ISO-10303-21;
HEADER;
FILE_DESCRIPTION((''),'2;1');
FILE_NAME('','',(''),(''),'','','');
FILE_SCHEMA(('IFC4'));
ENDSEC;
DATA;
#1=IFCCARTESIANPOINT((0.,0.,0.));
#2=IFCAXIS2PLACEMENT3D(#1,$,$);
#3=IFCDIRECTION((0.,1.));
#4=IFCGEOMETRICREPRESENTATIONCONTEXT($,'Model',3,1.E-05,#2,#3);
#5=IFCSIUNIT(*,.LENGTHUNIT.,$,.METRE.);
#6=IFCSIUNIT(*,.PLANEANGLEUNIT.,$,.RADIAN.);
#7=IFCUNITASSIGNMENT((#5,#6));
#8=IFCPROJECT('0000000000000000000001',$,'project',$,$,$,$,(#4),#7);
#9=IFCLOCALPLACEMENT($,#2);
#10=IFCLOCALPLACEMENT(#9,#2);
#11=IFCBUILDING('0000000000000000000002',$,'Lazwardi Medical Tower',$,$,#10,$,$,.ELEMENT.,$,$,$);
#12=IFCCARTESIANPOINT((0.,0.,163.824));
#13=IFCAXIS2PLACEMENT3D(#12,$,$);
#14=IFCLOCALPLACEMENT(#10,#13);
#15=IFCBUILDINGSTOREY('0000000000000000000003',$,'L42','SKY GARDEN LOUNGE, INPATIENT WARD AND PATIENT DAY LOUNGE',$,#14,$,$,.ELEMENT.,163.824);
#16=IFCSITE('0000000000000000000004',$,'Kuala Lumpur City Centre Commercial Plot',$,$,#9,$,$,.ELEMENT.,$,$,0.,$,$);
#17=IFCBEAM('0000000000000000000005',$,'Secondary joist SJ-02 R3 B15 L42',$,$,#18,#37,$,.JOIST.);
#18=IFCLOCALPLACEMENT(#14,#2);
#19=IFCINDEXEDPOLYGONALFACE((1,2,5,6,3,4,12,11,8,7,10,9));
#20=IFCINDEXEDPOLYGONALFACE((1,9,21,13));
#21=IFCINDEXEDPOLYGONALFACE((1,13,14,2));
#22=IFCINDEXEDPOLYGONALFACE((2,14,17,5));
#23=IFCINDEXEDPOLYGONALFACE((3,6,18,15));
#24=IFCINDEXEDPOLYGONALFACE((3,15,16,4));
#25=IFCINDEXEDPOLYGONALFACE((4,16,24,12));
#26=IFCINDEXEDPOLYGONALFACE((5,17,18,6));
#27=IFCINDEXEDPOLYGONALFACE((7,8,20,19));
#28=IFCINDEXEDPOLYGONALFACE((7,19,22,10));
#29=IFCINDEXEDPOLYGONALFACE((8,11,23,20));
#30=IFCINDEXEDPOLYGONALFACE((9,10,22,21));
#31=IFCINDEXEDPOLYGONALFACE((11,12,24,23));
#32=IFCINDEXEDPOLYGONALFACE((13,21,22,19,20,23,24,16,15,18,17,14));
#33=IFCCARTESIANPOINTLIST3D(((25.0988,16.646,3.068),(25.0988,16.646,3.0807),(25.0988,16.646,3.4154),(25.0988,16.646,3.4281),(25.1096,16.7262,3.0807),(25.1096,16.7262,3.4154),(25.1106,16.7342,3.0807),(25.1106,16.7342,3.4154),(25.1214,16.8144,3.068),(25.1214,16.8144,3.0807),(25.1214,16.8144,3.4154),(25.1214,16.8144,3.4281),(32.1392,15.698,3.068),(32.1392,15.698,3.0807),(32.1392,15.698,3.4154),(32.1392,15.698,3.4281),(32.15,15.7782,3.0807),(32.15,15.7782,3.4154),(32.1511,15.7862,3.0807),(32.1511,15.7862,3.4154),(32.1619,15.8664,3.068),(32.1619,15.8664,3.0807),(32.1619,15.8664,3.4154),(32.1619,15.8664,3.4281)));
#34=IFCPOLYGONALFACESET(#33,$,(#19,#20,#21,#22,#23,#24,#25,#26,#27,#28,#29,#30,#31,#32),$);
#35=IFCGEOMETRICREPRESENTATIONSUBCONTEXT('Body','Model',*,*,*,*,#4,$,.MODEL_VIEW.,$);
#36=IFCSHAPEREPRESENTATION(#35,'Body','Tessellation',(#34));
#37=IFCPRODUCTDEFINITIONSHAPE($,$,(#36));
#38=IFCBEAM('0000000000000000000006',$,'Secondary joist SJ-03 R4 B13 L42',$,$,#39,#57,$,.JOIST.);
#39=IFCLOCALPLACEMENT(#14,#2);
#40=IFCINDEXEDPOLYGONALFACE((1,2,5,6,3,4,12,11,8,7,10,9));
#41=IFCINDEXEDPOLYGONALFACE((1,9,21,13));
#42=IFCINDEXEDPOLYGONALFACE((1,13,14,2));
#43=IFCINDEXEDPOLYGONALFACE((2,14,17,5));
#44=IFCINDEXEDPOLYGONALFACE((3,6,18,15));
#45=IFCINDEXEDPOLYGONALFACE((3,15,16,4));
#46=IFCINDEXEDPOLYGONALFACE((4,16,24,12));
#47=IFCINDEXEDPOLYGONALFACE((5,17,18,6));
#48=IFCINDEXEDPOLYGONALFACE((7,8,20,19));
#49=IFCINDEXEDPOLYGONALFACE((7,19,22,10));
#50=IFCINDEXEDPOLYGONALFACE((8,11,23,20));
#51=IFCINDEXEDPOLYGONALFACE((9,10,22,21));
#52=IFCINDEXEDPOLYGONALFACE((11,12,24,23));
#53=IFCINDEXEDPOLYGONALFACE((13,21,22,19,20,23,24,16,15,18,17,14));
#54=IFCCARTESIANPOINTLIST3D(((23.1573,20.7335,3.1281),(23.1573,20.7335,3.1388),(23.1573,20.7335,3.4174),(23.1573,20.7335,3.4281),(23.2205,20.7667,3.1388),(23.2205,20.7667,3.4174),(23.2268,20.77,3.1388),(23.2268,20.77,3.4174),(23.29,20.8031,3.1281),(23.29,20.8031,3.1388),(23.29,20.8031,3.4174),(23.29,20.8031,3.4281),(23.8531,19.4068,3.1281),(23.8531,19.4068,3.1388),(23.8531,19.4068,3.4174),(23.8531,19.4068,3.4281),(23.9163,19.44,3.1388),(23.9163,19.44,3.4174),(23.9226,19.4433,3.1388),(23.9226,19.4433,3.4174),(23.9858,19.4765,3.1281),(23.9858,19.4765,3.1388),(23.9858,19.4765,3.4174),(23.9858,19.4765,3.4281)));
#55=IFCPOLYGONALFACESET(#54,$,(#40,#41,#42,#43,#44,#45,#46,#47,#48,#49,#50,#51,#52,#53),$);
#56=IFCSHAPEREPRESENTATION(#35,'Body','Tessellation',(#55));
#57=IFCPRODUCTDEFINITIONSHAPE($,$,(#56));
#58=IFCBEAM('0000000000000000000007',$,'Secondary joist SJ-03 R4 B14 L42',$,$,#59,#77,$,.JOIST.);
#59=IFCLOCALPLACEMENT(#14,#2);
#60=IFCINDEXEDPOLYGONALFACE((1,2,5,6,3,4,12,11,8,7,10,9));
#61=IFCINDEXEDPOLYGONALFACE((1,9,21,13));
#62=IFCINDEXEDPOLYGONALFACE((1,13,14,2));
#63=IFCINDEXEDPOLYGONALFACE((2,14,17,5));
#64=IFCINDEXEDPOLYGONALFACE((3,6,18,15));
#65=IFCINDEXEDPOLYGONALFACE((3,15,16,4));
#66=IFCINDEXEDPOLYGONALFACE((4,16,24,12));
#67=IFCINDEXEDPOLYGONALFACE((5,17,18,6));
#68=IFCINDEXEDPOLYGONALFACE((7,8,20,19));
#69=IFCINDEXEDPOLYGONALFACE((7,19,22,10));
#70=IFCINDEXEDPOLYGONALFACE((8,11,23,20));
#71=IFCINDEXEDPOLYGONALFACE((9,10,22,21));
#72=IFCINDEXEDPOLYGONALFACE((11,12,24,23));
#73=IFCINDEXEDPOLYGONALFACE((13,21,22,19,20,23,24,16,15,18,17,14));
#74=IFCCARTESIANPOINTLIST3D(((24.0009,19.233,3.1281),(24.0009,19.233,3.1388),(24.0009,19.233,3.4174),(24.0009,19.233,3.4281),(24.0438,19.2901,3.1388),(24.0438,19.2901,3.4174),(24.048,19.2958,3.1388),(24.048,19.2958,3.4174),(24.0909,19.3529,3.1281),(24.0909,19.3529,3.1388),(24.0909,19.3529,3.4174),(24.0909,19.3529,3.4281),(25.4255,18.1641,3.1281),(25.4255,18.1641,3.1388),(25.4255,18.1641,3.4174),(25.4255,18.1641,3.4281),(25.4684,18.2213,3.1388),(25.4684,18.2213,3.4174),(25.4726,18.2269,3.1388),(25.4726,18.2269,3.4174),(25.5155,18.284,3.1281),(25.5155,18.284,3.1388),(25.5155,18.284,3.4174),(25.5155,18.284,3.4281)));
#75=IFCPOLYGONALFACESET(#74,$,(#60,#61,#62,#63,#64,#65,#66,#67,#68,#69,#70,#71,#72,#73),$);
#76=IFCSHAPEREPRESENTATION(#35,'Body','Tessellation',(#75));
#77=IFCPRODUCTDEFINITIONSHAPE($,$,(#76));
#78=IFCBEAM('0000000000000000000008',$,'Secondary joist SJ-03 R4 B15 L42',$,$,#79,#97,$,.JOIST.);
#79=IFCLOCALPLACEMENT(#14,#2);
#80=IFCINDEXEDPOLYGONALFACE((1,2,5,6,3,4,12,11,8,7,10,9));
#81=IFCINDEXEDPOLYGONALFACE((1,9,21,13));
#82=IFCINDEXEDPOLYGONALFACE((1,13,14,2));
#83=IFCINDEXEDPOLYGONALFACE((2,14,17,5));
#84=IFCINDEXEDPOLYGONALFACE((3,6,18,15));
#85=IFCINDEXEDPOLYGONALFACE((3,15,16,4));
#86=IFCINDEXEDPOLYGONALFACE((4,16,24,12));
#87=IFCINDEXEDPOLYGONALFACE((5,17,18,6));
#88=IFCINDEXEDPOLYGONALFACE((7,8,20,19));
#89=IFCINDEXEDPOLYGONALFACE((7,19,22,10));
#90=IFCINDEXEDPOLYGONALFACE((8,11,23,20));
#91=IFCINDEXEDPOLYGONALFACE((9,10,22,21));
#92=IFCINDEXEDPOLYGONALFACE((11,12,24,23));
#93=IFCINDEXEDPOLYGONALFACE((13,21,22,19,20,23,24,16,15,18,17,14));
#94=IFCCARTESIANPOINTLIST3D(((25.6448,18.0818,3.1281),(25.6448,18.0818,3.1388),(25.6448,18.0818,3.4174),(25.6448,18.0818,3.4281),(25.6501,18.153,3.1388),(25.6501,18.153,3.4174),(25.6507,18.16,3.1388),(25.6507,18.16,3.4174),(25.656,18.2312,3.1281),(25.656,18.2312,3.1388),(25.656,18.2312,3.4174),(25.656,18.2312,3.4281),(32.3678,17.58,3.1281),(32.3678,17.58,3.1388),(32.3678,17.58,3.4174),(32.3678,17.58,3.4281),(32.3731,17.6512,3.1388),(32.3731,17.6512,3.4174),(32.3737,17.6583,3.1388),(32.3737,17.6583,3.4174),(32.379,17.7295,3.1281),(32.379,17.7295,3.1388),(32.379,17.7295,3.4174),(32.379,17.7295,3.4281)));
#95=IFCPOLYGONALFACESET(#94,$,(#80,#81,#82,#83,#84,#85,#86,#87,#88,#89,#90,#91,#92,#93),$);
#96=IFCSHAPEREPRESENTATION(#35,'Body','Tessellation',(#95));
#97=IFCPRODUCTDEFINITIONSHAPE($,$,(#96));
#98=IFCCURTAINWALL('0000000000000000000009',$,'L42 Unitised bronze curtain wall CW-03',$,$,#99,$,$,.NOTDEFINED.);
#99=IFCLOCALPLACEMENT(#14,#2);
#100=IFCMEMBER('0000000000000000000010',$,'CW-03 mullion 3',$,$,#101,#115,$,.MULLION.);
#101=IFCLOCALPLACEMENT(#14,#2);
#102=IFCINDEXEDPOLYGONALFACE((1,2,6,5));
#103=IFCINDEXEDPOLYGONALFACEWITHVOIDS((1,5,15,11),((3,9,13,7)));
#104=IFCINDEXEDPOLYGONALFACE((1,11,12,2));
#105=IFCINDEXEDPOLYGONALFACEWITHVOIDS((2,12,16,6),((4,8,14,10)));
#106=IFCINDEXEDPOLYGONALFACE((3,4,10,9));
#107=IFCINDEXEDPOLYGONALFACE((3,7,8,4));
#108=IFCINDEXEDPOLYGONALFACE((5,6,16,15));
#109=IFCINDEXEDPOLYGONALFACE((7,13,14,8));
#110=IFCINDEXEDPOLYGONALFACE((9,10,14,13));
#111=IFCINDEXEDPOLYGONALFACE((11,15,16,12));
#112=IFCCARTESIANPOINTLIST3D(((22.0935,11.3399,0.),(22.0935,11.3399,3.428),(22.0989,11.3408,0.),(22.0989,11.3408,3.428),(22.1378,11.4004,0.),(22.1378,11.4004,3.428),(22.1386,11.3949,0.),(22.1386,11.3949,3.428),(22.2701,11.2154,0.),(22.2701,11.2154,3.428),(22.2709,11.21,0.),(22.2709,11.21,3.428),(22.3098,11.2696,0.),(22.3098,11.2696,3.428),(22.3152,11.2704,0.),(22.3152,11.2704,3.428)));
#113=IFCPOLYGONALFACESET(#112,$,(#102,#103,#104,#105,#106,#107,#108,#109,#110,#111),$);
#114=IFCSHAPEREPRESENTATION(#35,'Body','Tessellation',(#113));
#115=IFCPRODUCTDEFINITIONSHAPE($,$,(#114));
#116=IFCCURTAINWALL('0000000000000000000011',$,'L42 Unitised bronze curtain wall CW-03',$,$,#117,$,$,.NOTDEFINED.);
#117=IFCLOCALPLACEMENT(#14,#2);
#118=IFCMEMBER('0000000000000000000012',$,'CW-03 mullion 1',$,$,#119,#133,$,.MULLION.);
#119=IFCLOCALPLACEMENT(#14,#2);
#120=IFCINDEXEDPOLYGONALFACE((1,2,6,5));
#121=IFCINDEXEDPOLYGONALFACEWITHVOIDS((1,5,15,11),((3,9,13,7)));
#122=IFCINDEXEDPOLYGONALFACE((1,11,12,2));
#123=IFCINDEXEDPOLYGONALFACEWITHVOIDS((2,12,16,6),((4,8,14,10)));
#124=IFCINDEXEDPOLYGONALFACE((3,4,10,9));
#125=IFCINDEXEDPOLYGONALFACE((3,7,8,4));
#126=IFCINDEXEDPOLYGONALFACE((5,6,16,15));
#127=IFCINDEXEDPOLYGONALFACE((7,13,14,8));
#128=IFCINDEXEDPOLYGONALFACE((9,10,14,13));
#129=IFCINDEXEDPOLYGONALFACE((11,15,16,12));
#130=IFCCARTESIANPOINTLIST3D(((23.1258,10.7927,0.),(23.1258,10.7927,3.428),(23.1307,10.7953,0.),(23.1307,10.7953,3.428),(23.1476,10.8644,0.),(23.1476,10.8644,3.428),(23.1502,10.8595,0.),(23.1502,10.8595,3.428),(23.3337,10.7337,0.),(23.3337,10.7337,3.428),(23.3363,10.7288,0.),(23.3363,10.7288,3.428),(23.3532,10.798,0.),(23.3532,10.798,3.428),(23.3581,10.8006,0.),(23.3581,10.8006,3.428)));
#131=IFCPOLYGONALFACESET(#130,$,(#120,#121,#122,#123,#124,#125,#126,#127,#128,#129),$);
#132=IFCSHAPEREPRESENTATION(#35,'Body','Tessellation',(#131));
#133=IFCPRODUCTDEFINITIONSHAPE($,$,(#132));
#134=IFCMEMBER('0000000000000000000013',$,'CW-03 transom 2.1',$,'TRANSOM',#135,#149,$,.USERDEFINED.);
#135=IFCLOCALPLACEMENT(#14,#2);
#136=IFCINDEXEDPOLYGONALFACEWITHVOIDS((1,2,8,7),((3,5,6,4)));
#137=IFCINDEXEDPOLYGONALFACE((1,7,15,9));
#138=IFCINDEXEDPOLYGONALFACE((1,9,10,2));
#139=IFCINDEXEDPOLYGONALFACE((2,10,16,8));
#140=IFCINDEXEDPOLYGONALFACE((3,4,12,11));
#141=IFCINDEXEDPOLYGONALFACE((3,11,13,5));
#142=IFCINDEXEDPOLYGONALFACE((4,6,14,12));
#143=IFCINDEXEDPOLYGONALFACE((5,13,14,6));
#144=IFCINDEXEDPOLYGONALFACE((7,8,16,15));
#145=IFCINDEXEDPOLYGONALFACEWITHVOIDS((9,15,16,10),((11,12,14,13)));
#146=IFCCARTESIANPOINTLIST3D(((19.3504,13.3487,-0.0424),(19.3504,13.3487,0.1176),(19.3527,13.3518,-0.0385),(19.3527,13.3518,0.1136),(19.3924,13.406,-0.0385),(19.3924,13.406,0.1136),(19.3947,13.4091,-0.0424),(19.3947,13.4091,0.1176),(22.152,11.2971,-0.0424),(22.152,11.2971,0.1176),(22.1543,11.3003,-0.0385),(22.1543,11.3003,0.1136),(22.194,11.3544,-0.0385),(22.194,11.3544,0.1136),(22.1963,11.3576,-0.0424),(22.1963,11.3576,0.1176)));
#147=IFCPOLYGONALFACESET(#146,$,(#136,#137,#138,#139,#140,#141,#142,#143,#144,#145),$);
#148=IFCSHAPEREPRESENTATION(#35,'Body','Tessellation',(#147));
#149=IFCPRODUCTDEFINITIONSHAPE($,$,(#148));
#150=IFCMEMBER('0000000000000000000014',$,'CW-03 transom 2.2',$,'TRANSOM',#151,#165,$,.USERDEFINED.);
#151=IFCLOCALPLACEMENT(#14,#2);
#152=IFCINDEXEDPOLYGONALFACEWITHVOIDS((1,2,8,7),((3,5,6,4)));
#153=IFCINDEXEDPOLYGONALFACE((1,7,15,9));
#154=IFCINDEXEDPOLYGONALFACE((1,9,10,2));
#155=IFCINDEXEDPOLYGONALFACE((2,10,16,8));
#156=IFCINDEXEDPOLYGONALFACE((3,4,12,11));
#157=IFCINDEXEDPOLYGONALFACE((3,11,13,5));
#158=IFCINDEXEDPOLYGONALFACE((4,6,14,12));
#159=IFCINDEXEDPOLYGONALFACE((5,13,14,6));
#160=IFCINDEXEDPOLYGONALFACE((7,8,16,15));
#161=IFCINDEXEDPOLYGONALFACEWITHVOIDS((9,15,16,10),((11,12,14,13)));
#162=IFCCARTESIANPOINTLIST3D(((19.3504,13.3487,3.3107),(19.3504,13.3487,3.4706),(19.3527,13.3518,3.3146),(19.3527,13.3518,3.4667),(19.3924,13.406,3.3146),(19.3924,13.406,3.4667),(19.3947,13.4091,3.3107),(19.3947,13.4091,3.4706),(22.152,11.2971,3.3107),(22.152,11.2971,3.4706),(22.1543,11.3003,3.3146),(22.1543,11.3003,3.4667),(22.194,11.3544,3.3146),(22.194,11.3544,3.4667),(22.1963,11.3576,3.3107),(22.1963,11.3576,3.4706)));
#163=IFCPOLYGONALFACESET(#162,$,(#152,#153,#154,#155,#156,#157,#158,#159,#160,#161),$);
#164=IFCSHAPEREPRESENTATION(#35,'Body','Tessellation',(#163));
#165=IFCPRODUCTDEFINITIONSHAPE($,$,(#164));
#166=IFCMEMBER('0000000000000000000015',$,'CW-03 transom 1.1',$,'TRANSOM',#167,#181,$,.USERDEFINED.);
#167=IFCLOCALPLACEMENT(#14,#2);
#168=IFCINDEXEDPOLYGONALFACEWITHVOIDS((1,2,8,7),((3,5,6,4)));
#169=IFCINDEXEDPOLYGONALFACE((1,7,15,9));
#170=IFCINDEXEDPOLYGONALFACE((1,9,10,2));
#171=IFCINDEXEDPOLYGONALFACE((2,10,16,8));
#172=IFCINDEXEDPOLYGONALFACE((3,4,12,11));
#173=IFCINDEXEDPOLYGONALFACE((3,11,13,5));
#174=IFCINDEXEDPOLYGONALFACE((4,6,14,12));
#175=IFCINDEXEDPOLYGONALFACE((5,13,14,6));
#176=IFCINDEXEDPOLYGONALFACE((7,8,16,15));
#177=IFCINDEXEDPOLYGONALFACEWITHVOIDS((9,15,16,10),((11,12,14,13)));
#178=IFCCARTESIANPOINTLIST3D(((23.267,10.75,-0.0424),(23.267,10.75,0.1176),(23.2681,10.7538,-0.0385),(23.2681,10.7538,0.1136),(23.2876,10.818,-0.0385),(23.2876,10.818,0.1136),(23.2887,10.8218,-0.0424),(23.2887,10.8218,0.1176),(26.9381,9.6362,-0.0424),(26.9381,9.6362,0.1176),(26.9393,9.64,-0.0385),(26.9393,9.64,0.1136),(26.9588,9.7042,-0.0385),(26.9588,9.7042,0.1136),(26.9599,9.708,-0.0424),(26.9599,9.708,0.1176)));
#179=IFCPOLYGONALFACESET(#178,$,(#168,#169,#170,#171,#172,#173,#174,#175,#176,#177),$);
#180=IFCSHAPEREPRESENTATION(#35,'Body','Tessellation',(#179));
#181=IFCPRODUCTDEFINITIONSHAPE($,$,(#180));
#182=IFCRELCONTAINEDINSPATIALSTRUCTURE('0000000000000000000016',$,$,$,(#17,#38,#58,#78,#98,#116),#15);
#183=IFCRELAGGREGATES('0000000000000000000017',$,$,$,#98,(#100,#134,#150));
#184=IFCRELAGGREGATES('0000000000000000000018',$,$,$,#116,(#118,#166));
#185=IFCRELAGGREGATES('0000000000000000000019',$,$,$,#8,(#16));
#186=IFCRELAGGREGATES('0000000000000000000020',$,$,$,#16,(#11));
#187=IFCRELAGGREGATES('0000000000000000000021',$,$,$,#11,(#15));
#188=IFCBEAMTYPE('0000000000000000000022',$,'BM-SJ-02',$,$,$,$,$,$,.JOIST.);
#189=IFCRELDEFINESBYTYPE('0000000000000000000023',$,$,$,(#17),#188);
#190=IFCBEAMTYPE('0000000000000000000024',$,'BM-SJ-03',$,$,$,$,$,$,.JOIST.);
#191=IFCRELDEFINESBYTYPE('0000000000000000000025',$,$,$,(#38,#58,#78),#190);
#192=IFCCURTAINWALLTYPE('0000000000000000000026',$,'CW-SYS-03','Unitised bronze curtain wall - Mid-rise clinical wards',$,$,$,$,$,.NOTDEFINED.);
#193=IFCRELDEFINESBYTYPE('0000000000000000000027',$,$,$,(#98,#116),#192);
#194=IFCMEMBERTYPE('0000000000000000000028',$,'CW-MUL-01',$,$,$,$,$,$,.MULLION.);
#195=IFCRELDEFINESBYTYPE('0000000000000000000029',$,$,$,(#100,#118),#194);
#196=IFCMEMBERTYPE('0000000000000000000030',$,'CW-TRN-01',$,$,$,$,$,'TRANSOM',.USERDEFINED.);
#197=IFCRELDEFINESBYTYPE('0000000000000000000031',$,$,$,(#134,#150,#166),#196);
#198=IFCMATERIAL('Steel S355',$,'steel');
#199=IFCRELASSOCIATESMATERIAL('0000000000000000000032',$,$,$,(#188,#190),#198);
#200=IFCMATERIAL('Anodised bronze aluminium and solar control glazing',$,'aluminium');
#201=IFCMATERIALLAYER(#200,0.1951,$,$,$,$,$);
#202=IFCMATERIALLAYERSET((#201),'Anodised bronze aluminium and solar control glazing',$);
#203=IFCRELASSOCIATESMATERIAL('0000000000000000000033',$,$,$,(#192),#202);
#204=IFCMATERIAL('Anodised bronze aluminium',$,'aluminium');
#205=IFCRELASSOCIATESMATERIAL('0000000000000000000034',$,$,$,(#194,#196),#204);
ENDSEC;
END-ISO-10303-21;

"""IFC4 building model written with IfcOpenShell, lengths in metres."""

from ifc_helpers import new_model, si_unit, direction, frame, origin, origin_2d, place, context, subcontext, project, spatial, hollow_rectangle, i_section, extrude, material, layer, layer_set, material_profile, profile_set, type_object, element, aggregate, save


model = new_model("IFC4")

# Units and contexts
model_context = context("Model", 3, precision=1e-05, world=origin(), true_north=direction((0.0, 1.0)))
body_context = subcontext(model_context, "Body", "Model", "MODEL_VIEW")
ifc_project = project(units=[si_unit("LENGTHUNIT", "METRE"), si_unit("PLANEANGLEUNIT", "RADIAN")], contexts=[model_context])

# Site, building, storey
site_placement = place(None, origin())
site = spatial("IfcSite", under=ifc_project, at=site_placement, Name="Kuala Lumpur City Centre Commercial Plot", CompositionType="ELEMENT", RefElevation=0.0)
building_placement = place(site_placement, origin())
building = spatial("IfcBuilding", under=site, at=building_placement, Name="Lazwardi Medical Tower", CompositionType="ELEMENT")
storey_placement = place(building_placement, frame((0.0, 0.0, 163.824)))
storey = spatial("IfcBuildingStorey", under=building, at=storey_placement, Name="L42", Description="SKY GARDEN LOUNGE, INPATIENT WARD AND PATIENT DAY LOUNGE", CompositionType="ELEMENT", Elevation=163.824)

# Beams
ifc_material_1 = material(Name="Steel S355", Category="steel")
ifc_material_profile_1 = material_profile(ifc_material_1, i_section(OverallWidth=0.1699, OverallDepth=0.3601, WebThickness=0.0081, FlangeThickness=0.0127, at=origin_2d()), Name="IPE 360")
ifc_profile_set_1 = profile_set([ifc_material_profile_1], Name="Steel S355")
beam_type_1 = type_object("IfcBeamType", Name="BM-SJ-02", PredefinedType="JOIST", material=ifc_profile_set_1)
beam_1_placement = place(storey_placement, frame((25.1101, 16.7302, 3.248), z_axis=(0.991056, -0.133444, 0.0), x_axis=(0.133444, 0.991056, 0.0)))
element("IfcBeam", 1, at=beam_1_placement, inside=storey, type_object=beam_type_1, Name="Secondary joist SJ-02 R3 B15 L42", PredefinedType="JOIST", context=body_context, shape_type="SweptSolid", body=[
    extrude(i_section(OverallWidth=0.1699, OverallDepth=0.3601, WebThickness=0.0081, FlangeThickness=0.0127, at=origin_2d()), origin(), (0.0, 0.0, 1.0), 7.104),
])
ifc_material_profile_2 = material_profile(ifc_material_1, i_section(OverallWidth=0.1499, OverallDepth=0.3, WebThickness=0.0071, FlangeThickness=0.0107, at=origin_2d()), Name="IPE 300")
ifc_profile_set_2 = profile_set([ifc_material_profile_2], Name="Steel S355")
beam_type_2 = type_object("IfcBeamType", Name="BM-SJ-03", PredefinedType="JOIST", material=ifc_profile_set_2)
beam_2_placement = place(storey_placement, frame((23.2236, 20.7683, 3.2781), z_axis=(0.46447, -0.885589, 0.0), x_axis=(0.885589, 0.46447, 0.0)))
element("IfcBeam", 2, at=beam_2_placement, inside=storey, type_object=beam_type_2, Name="Secondary joist SJ-03 R4 B13 L42", PredefinedType="JOIST", context=body_context, shape_type="SweptSolid", body=[
    extrude(i_section(OverallWidth=0.1499, OverallDepth=0.3, WebThickness=0.0071, FlangeThickness=0.0107, at=origin_2d()), origin(), (0.0, 0.0, 1.0), 1.498),
])
beam_3_placement = place(storey_placement, frame((24.0459, 19.293, 3.2781), z_axis=(0.799885, -0.600154, 0.0), x_axis=(0.600154, 0.799885, 0.0)))
element("IfcBeam", 3, at=beam_3_placement, inside=storey, type_object=beam_type_2, Name="Secondary joist SJ-03 R4 B14 L42", PredefinedType="JOIST", context=body_context, shape_type="SweptSolid", body=[
    extrude(i_section(OverallWidth=0.1499, OverallDepth=0.3, WebThickness=0.0071, FlangeThickness=0.0107, at=origin_2d()), origin(), (0.0, 0.0, 1.0), 1.781),
])
beam_4_placement = place(storey_placement, frame((25.6504, 18.1565, 3.2781), z_axis=(0.997227, -0.07442, 0.0), x_axis=(0.07442, 0.997227, 0.0)))
element("IfcBeam", 4, at=beam_4_placement, inside=storey, type_object=beam_type_2, Name="Secondary joist SJ-03 R4 B15 L42", PredefinedType="JOIST", context=body_context, shape_type="SweptSolid", body=[
    extrude(i_section(OverallWidth=0.1499, OverallDepth=0.3, WebThickness=0.0071, FlangeThickness=0.0107, at=origin_2d()), origin(), (0.0, 0.0, 1.0), 6.7417),
])

# Curtain walls, members
ifc_material_2 = material(Name="Anodised bronze aluminium and solar control glazing", Category="aluminium")
ifc_layer_1 = layer(ifc_material_2, 0.1951)
ifc_layer_set_1 = layer_set([ifc_layer_1], Name="Anodised bronze aluminium and solar control glazing")
curtain_wall_type = type_object("IfcCurtainWallType", Name="CW-SYS-03", Description="Unitised bronze curtain wall - Mid-rise clinical wards", PredefinedType="NOTDEFINED", material=ifc_layer_set_1)
curtain_wall_1_placement = place(storey_placement, origin())
curtain_wall_1 = element("IfcCurtainWall", 5, at=curtain_wall_1_placement, inside=storey, type_object=curtain_wall_type, Name="L42 Unitised bronze curtain wall CW-03", PredefinedType="NOTDEFINED")
ifc_material_3 = material(Name="Anodised bronze aluminium", Category="aluminium")
ifc_material_profile_3 = material_profile(ifc_material_3, hollow_rectangle(XDim=0.075, YDim=0.22, WallThickness=0.0039, at=origin_2d()), Name="ALU-MULLION 220x75x4")
ifc_profile_set_3 = profile_set([ifc_material_profile_3], Name="Anodised bronze aluminium")
member_type_1 = type_object("IfcMemberType", Name="CW-MUL-01", PredefinedType="MULLION", material=ifc_profile_set_3)
member_1_placement = place(storey_placement, frame((22.2043, 11.3052, 0.0), z_axis=(0.0, 0.0, 1.0), x_axis=(0.590834, 0.806793, 0.0)))
member_1 = element("IfcMember", 6, at=member_1_placement, type_object=member_type_1, Name="CW-03 mullion 3", PredefinedType="MULLION", context=body_context, shape_type="SweptSolid", body=[
    extrude(hollow_rectangle(XDim=0.075, YDim=0.22, WallThickness=0.0039, at=origin_2d()), origin(), (0.0, 0.0, 1.0), 3.428),
])
curtain_wall_2_placement = place(storey_placement, origin())
curtain_wall_2 = element("IfcCurtainWall", 7, at=curtain_wall_2_placement, inside=storey, type_object=curtain_wall_type, Name="L42 Unitised bronze curtain wall CW-03", PredefinedType="NOTDEFINED")
member_2_placement = place(storey_placement, frame((23.2419, 10.7966, 0.0), z_axis=(0.0, 0.0, 1.0), x_axis=(0.290281, 0.956942, 0.0)))
member_2 = element("IfcMember", 8, at=member_2_placement, type_object=member_type_1, Name="CW-03 mullion 1", PredefinedType="MULLION", context=body_context, shape_type="SweptSolid", body=[
    extrude(hollow_rectangle(XDim=0.075, YDim=0.22, WallThickness=0.0039, at=origin_2d()), origin(), (0.0, 0.0, 1.0), 3.428),
])

# Members
ifc_material_profile_4 = material_profile(ifc_material_3, hollow_rectangle(XDim=0.075, YDim=0.1599, WallThickness=0.0039, at=origin_2d()), Name="ALU-TRANSOM 160x75x4")
ifc_profile_set_4 = profile_set([ifc_material_profile_4], Name="Anodised bronze aluminium")
member_type_2 = type_object("IfcMemberType", Name="CW-TRN-01", ElementType="TRANSOM", PredefinedType="USERDEFINED", material=ifc_profile_set_4)
member_3_placement = place(storey_placement, frame((19.3726, 13.3789, 0.0376), z_axis=(0.806807, -0.590815, 0.0), x_axis=(0.590815, 0.806807, 0.0)))
member_3 = element("IfcMember", 9, at=member_3_placement, type_object=member_type_2, Name="CW-03 transom 2.1", ObjectType="TRANSOM", PredefinedType="USERDEFINED", context=body_context, shape_type="SweptSolid", body=[
    extrude(hollow_rectangle(XDim=0.075, YDim=0.1599, WallThickness=0.0039, at=origin_2d()), origin(), (0.0, 0.0, 1.0), 3.4724),
])
member_4_placement = place(storey_placement, frame((19.3726, 13.3789, 3.3906), z_axis=(0.806807, -0.590815, 0.0), x_axis=(0.590815, 0.806807, 0.0)))
member_4 = element("IfcMember", 10, at=member_4_placement, type_object=member_type_2, Name="CW-03 transom 2.2", ObjectType="TRANSOM", PredefinedType="USERDEFINED", context=body_context, shape_type="SweptSolid", body=[
    extrude(hollow_rectangle(XDim=0.075, YDim=0.1599, WallThickness=0.0039, at=origin_2d()), origin(), (0.0, 0.0, 1.0), 3.4724),
])
member_5_placement = place(storey_placement, frame((23.2778, 10.7859, 0.0376), z_axis=(0.95693, -0.290318, 0.0), x_axis=(0.290318, 0.95693, 0.0)))
member_5 = element("IfcMember", 11, at=member_5_placement, type_object=member_type_2, Name="CW-03 transom 1.1", ObjectType="TRANSOM", PredefinedType="USERDEFINED", context=body_context, shape_type="SweptSolid", body=[
    extrude(hollow_rectangle(XDim=0.075, YDim=0.1599, WallThickness=0.0039, at=origin_2d()), origin(), (0.0, 0.0, 1.0), 3.8364),
])

aggregate(curtain_wall_1, [member_1, member_3, member_4])
aggregate(curtain_wall_2, [member_2, member_5])

save(model, "model.ifc")
